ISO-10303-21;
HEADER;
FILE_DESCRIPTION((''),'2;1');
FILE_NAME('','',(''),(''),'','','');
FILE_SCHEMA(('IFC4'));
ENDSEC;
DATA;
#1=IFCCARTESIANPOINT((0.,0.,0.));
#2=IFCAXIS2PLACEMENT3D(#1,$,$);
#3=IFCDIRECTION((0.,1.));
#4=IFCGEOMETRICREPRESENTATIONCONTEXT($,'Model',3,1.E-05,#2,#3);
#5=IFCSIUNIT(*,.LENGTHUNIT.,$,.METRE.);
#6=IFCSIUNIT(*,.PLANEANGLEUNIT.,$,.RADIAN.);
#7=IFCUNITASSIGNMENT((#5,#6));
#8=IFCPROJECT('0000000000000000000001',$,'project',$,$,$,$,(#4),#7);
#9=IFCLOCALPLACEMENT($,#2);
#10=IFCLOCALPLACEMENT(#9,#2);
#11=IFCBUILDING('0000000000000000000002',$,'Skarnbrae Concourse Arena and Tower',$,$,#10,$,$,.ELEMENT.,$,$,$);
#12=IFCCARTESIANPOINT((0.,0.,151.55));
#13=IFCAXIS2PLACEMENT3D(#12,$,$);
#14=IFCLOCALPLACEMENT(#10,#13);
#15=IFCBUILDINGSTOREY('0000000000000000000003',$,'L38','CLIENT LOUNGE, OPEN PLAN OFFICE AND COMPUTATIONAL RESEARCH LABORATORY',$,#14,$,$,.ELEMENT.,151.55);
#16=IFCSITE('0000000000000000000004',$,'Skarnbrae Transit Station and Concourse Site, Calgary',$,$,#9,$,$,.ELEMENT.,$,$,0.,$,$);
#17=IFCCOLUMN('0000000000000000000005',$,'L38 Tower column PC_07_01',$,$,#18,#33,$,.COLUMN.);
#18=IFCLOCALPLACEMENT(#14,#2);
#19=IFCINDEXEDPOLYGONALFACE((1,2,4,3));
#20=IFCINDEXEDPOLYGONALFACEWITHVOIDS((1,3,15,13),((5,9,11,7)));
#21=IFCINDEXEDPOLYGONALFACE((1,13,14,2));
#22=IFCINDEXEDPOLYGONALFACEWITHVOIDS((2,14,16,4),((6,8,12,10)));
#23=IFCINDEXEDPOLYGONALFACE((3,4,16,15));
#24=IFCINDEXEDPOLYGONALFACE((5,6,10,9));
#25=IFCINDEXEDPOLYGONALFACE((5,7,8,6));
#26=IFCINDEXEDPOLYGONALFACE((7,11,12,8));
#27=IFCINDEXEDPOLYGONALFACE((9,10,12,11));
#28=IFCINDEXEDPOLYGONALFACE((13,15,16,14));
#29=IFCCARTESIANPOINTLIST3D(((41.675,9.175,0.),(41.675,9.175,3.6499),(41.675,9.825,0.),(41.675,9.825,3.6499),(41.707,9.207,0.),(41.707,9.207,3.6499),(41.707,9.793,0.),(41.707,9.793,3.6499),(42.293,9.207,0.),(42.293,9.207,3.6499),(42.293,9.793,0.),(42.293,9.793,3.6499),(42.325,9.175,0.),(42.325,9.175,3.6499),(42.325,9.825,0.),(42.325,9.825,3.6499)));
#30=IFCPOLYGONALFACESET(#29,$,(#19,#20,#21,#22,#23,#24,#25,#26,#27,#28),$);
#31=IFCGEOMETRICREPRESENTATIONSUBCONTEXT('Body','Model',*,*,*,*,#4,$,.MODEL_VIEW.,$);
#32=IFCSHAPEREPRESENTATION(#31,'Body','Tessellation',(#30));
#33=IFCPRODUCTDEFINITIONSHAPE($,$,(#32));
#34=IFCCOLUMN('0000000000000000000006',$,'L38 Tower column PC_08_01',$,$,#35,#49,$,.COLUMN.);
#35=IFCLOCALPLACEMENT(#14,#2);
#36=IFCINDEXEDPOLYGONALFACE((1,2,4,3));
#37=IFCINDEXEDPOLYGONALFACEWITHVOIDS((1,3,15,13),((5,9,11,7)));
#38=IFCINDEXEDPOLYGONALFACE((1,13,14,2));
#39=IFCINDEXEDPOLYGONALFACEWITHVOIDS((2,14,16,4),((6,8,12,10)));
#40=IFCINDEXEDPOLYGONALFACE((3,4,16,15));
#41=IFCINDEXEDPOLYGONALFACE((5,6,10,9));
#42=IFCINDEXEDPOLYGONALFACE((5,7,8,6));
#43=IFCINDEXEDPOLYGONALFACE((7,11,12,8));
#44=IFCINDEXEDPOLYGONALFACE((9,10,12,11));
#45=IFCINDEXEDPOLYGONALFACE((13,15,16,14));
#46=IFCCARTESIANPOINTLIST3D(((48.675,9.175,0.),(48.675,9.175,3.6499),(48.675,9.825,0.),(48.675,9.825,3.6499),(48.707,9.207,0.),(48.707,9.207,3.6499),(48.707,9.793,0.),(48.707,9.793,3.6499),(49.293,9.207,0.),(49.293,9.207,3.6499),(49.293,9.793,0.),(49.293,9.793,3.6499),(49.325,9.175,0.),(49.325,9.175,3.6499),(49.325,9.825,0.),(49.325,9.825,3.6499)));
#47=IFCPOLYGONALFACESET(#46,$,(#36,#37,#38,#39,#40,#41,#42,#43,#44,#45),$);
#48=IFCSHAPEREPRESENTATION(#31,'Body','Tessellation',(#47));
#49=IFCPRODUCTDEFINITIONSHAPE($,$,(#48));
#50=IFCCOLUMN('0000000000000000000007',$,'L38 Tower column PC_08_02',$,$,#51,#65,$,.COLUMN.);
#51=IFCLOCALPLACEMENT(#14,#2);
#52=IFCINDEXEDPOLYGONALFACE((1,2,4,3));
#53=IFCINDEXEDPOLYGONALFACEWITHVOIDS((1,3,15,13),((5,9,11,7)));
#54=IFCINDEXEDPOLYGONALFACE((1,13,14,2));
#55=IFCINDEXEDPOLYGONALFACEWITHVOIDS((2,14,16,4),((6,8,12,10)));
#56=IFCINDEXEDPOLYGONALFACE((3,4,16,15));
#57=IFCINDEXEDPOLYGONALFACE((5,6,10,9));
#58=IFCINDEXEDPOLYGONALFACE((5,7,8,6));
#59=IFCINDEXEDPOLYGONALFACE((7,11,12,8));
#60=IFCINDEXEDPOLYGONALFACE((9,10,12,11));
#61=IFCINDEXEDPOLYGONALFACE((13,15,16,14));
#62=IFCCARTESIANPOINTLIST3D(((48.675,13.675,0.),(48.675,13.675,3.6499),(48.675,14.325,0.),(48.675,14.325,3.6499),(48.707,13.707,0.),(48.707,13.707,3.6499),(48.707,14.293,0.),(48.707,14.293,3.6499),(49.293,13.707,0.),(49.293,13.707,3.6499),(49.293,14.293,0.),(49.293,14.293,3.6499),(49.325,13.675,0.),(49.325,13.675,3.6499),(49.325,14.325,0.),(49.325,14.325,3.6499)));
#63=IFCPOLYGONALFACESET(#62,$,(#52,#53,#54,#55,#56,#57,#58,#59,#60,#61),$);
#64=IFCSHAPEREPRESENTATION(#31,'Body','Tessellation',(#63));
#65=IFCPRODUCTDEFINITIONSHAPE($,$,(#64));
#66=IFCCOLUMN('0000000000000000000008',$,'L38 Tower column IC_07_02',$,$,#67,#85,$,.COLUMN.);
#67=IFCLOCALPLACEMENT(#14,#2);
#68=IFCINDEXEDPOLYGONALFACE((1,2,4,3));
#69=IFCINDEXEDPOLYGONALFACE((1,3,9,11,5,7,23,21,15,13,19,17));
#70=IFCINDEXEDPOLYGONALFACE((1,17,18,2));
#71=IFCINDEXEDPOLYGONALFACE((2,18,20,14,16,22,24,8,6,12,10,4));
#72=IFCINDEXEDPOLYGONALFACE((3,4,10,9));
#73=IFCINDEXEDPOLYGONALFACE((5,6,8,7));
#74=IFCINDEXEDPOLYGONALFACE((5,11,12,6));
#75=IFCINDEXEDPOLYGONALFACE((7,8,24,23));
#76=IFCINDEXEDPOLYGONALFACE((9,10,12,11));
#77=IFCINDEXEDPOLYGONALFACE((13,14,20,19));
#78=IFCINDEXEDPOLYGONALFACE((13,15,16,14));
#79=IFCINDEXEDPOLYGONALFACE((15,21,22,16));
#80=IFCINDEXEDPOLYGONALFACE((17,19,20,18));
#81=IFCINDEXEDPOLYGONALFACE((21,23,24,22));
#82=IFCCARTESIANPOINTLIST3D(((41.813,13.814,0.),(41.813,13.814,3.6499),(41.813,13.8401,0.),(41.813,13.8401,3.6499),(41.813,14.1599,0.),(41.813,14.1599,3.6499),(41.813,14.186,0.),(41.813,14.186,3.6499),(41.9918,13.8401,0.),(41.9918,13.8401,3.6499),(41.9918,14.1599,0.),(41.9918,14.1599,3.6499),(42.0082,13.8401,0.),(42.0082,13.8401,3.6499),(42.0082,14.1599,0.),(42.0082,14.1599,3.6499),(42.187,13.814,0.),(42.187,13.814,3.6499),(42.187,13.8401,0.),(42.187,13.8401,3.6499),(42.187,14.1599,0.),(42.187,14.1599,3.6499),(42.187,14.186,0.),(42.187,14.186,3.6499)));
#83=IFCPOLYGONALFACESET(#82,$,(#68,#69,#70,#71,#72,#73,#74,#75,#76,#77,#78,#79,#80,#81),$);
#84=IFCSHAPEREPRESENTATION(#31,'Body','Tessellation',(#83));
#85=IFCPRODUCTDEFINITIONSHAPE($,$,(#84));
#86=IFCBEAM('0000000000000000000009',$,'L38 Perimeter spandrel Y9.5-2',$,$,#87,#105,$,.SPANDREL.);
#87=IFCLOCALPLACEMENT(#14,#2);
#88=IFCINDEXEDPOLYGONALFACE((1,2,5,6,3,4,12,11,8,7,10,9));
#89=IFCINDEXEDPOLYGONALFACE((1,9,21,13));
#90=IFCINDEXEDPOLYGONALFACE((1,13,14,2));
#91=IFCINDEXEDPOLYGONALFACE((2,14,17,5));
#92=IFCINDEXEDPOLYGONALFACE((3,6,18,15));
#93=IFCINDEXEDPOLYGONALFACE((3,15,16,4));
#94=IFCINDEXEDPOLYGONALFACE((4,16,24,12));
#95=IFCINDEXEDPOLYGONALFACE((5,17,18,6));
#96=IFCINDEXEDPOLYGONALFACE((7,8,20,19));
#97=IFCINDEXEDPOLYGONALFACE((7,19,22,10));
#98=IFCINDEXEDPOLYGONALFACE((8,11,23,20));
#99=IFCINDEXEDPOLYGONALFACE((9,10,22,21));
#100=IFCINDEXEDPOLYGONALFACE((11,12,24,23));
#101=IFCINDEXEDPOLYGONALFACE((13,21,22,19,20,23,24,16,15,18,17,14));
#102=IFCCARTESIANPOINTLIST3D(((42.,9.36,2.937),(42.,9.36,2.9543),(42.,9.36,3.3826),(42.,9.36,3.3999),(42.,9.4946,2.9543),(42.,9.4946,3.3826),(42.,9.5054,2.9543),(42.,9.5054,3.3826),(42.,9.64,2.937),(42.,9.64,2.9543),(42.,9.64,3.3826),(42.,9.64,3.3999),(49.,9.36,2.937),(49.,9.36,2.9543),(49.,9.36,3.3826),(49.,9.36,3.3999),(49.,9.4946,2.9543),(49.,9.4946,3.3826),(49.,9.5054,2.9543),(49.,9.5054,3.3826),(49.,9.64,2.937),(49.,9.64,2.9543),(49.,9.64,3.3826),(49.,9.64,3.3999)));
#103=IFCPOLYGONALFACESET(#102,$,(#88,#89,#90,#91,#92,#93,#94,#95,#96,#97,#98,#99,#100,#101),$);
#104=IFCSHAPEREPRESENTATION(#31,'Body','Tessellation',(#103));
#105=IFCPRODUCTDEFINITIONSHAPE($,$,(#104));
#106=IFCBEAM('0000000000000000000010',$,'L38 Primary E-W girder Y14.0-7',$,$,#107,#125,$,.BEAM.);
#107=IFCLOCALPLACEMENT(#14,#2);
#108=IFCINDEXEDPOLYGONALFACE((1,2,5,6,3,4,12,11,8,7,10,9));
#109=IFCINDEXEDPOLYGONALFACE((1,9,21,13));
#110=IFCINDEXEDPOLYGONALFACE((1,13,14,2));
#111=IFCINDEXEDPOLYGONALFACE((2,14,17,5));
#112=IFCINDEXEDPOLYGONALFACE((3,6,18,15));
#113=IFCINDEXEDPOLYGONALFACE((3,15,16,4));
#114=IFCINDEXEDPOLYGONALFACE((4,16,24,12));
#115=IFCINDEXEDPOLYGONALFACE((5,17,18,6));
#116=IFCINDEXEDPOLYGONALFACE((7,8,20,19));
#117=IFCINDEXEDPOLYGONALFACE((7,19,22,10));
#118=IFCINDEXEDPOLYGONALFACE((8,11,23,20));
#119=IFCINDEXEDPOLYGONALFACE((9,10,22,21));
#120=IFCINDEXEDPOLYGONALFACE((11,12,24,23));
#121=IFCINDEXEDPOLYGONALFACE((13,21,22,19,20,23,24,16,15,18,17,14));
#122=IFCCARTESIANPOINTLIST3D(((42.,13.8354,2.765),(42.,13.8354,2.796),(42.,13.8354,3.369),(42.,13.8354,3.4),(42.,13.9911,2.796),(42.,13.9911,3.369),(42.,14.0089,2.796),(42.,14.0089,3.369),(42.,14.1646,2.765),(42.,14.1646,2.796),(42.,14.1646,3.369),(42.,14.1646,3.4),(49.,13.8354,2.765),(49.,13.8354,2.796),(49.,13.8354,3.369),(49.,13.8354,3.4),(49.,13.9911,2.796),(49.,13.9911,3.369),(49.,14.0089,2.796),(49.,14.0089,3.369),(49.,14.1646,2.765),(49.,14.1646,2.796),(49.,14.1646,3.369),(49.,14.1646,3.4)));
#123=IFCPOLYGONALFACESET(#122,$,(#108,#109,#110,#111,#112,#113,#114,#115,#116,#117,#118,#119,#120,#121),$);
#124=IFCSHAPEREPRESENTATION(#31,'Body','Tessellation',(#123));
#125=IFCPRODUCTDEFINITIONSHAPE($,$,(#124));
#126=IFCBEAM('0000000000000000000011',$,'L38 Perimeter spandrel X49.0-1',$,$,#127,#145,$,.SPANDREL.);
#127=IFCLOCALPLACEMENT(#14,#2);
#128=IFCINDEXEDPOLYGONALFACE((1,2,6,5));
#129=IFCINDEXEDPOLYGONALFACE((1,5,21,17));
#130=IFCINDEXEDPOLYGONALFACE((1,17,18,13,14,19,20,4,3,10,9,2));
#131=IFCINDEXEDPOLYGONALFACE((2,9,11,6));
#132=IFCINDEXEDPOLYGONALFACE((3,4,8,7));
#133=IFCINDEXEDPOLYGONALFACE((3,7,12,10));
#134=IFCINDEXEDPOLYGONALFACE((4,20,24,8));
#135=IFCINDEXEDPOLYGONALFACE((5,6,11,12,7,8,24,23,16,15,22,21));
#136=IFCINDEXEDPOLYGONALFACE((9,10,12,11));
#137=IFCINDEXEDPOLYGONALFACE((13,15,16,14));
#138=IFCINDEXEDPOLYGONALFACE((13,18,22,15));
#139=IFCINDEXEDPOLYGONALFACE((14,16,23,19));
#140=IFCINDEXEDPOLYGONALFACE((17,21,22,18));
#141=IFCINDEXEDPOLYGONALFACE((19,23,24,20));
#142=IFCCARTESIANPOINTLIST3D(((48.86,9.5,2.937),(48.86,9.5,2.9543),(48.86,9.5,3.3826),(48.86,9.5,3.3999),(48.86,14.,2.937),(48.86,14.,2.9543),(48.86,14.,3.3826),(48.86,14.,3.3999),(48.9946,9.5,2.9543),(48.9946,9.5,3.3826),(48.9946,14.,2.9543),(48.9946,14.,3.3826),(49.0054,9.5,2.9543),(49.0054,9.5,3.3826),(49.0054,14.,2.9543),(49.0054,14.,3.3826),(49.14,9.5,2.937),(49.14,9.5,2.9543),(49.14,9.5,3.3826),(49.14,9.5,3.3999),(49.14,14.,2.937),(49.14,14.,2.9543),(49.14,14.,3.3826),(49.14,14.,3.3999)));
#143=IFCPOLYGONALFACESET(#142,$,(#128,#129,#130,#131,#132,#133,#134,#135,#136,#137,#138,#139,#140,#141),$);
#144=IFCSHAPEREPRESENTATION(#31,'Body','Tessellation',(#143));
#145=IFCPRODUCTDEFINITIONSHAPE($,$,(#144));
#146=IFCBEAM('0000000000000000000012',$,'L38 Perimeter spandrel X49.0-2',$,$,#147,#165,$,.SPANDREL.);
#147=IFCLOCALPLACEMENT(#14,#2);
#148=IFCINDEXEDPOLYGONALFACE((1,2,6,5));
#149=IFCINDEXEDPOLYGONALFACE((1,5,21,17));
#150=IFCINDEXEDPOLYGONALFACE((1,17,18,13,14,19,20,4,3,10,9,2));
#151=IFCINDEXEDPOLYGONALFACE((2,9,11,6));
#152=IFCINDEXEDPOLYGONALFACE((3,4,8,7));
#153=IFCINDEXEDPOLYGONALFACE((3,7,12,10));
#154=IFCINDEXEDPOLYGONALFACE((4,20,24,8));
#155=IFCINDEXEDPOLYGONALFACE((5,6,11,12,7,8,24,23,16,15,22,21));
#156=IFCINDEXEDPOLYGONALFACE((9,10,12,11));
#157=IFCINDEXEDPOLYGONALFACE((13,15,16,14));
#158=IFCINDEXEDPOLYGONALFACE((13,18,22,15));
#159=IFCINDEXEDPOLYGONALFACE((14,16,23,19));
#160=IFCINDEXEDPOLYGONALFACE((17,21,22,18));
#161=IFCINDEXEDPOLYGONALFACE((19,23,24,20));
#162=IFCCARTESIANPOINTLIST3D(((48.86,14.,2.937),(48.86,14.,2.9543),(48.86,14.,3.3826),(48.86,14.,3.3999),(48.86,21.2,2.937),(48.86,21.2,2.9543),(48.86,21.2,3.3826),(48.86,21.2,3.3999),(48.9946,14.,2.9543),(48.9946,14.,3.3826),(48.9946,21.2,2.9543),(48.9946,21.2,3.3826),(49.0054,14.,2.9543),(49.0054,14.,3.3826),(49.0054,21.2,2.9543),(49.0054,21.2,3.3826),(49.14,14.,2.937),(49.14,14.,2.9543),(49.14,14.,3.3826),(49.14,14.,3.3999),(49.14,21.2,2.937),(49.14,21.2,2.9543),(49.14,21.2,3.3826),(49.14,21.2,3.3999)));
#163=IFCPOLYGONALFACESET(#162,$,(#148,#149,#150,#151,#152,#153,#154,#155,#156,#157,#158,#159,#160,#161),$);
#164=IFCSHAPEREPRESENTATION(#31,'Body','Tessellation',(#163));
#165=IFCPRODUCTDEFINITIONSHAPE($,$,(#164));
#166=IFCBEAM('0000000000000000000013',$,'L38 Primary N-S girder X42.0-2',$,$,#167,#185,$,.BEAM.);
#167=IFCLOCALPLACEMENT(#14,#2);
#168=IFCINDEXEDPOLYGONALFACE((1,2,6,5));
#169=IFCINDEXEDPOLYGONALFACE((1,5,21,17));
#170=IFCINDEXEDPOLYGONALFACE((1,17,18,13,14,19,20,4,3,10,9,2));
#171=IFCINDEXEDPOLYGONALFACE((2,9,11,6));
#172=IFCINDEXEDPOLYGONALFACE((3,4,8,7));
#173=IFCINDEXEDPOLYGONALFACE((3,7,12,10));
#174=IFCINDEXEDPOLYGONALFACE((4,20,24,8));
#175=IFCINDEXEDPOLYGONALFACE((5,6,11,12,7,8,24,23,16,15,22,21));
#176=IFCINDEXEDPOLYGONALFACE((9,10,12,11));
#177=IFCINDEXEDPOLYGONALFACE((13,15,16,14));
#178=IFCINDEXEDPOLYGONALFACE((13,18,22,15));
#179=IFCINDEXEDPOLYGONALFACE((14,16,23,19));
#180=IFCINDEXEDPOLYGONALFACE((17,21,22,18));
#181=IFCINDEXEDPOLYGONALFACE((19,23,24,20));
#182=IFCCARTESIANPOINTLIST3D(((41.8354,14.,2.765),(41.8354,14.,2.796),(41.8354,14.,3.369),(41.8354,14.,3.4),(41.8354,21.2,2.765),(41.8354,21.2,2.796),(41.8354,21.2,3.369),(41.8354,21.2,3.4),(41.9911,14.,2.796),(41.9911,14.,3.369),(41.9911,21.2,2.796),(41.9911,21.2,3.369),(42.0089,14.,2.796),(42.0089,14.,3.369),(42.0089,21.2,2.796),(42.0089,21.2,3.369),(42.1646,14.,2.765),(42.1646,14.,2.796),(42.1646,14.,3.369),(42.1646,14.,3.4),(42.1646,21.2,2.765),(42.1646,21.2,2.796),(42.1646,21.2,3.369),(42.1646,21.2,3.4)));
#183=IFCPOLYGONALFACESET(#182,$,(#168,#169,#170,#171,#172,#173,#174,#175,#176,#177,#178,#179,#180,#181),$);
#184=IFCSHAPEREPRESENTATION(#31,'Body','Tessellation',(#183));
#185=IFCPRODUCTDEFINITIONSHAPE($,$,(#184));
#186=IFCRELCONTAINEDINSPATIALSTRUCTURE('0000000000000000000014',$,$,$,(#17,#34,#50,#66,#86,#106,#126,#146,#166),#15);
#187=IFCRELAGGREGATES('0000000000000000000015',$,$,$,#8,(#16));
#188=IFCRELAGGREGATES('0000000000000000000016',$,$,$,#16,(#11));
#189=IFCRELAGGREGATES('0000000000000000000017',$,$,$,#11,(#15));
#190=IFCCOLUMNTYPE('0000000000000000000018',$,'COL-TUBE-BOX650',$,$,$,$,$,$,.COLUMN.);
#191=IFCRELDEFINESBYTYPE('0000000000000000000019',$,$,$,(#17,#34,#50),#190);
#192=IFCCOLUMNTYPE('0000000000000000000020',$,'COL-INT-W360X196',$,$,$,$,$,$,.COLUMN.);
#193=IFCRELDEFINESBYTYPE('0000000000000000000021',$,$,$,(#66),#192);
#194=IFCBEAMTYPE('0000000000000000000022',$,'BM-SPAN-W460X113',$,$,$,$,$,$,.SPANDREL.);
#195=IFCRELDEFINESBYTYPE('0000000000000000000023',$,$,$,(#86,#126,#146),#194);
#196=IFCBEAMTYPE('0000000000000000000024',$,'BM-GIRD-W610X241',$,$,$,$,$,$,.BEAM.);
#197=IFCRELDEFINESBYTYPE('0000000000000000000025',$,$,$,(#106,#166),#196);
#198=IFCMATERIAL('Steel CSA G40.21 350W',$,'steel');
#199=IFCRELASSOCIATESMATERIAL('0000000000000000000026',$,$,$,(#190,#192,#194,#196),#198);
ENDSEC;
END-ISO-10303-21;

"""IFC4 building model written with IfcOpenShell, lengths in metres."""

from ifc_helpers import new_model, si_unit, direction, frame, origin, origin_2d, place, context, subcontext, project, spatial, hollow_rectangle, i_section, extrude, source, transform, mapped, material, material_profile, profile_set, type_object, element, save


model = new_model("IFC4")

# Units and contexts
model_context = context("Model", 3, precision=1e-05, world=origin(), true_north=direction((0.0, 1.0)))
body_context = subcontext(model_context, "Body", "Model", "MODEL_VIEW")
ifc_project = project(units=[si_unit("LENGTHUNIT", "METRE"), si_unit("PLANEANGLEUNIT", "RADIAN")], contexts=[model_context])

# Site, building, storey
site_placement = place(None, origin())
site = spatial("IfcSite", under=ifc_project, at=site_placement, Name="Skarnbrae Transit Station and Concourse Site, Calgary", CompositionType="ELEMENT", RefElevation=0.0)
building_placement = place(site_placement, origin())
building = spatial("IfcBuilding", under=site, at=building_placement, Name="Skarnbrae Concourse Arena and Tower", CompositionType="ELEMENT")
storey_placement = place(building_placement, frame((0.0, 0.0, 151.55)))
storey = spatial("IfcBuildingStorey", under=building, at=storey_placement, Name="L38", Description="CLIENT LOUNGE, OPEN PLAN OFFICE AND COMPUTATIONAL RESEARCH LABORATORY", CompositionType="ELEMENT", Elevation=151.55)

# Columns
ifc_material_1 = material(Name="Steel CSA G40.21 350W", Category="steel")
ifc_material_profile_1 = material_profile(ifc_material_1, hollow_rectangle(XDim=0.6499, YDim=0.6499, WallThickness=0.032, at=origin_2d()), Name="BOX650X650X32")
ifc_profile_set_1 = profile_set([ifc_material_profile_1], Name="Steel CSA G40.21 350W")
column_type_1 = type_object("IfcColumnType", Name="COL-TUBE-BOX650", PredefinedType="COLUMN", material=ifc_profile_set_1)
shared_shape_1 = source(origin(), body_context, "Body", "SweptSolid", [
    extrude(hollow_rectangle(XDim=0.6499, YDim=0.6499, WallThickness=0.032, at=origin_2d()), origin(), (0.0, 0.0, 1.0), 3.6499),
])
for number, where, z_axis, x_axis, name in (
    (1, (42.0, 9.5, 0.0), (0.0, 0.0, 1.0), (1.0, 0.0, 0.0), "L38 Tower column PC_07_01"),
    (2, (49.0, 9.5, 0.0), (0.0, 0.0, 1.0), (1.0, 0.0, 0.0), "L38 Tower column PC_08_01"),
    (3, (49.0, 14.0, 0.0), (0.0, 0.0, 1.0), (1.0, 0.0, 0.0), "L38 Tower column PC_08_02"),
):
    element("IfcColumn", number, at=place(storey_placement, frame(where, z_axis=z_axis, x_axis=x_axis)), inside=storey, type_object=column_type_1, Name=name, PredefinedType="COLUMN", context=body_context, shape_type="MappedRepresentation", body=[
        mapped(shared_shape_1, transform((0.0, 0.0, 0.0))),
    ])
ifc_material_profile_2 = material_profile(ifc_material_1, i_section(OverallWidth=0.374, OverallDepth=0.3721, WebThickness=0.0164, FlangeThickness=0.0261, at=origin_2d()), Name="W360X196")
ifc_profile_set_2 = profile_set([ifc_material_profile_2], Name="Steel CSA G40.21 350W")
column_type_2 = type_object("IfcColumnType", Name="COL-INT-W360X196", PredefinedType="COLUMN", material=ifc_profile_set_2)
shared_shape_2 = source(origin(), body_context, "Body", "SweptSolid", [
    extrude(i_section(OverallWidth=0.374, OverallDepth=0.3721, WebThickness=0.0164, FlangeThickness=0.0261, at=origin_2d()), origin(), (0.0, 0.0, 1.0), 3.6499),
])
column_placement = place(storey_placement, frame((42.0, 14.0, 0.0), z_axis=(0.0, 0.0, 1.0), x_axis=(1.0, 0.0, 0.0)))
element("IfcColumn", 4, at=column_placement, inside=storey, type_object=column_type_2, Name="L38 Tower column IC_07_02", PredefinedType="COLUMN", context=body_context, shape_type="MappedRepresentation", body=[
    mapped(shared_shape_2, transform((0.0, 0.0, 0.0))),
])

# Beams
ifc_material_profile_3 = material_profile(ifc_material_1, i_section(OverallWidth=0.28, OverallDepth=0.4629, WebThickness=0.0107, FlangeThickness=0.0173, at=origin_2d()), Name="W460X113")
ifc_profile_set_3 = profile_set([ifc_material_profile_3], Name="Steel CSA G40.21 350W")
beam_type_1 = type_object("IfcBeamType", Name="BM-SPAN-W460X113", PredefinedType="SPANDREL", material=ifc_profile_set_3)
shared_shape_3 = source(origin(), body_context, "Body", "SweptSolid", [
    extrude(i_section(OverallWidth=0.28, OverallDepth=0.4629, WebThickness=0.0107, FlangeThickness=0.0173, at=origin_2d()), origin(), (0.0, 0.0, 1.0), 7.0),
])
beam_1_placement = place(storey_placement, frame((42.0, 9.5, 3.1685), z_axis=(1.0, 0.0, 0.0), x_axis=(0.0, 1.0, 0.0)))
element("IfcBeam", 5, at=beam_1_placement, inside=storey, type_object=beam_type_1, Name="L38 Perimeter spandrel Y9.5-2", PredefinedType="SPANDREL", context=body_context, shape_type="MappedRepresentation", body=[
    mapped(shared_shape_3, transform((0.0, 0.0, 0.0))),
])
ifc_material_profile_4 = material_profile(ifc_material_1, i_section(OverallWidth=0.3291, OverallDepth=0.635, WebThickness=0.0178, FlangeThickness=0.031, at=origin_2d()), Name="W610X241")
ifc_profile_set_4 = profile_set([ifc_material_profile_4], Name="Steel CSA G40.21 350W")
beam_type_2 = type_object("IfcBeamType", Name="BM-GIRD-W610X241", PredefinedType="BEAM", material=ifc_profile_set_4)
shared_shape_4 = source(origin(), body_context, "Body", "SweptSolid", [
    extrude(i_section(OverallWidth=0.3291, OverallDepth=0.635, WebThickness=0.0178, FlangeThickness=0.031, at=origin_2d()), origin(), (0.0, 0.0, 1.0), 7.0),
])
beam_2_placement = place(storey_placement, frame((42.0, 14.0, 3.0825), z_axis=(1.0, 0.0, 0.0), x_axis=(0.0, 1.0, 0.0)))
element("IfcBeam", 6, at=beam_2_placement, inside=storey, type_object=beam_type_2, Name="L38 Primary E-W girder Y14.0-7", PredefinedType="BEAM", context=body_context, shape_type="MappedRepresentation", body=[
    mapped(shared_shape_4, transform((0.0, 0.0, 0.0))),
])
shared_shape_5 = source(origin(), body_context, "Body", "SweptSolid", [
    extrude(i_section(OverallWidth=0.28, OverallDepth=0.4629, WebThickness=0.0107, FlangeThickness=0.0173, at=origin_2d()), origin(), (0.0, 0.0, 1.0), 4.5),
])
beam_3_placement = place(storey_placement, frame((49.0, 9.5, 3.1685), z_axis=(0.0, 1.0, 0.0), x_axis=(-1.0, 0.0, 0.0)))
element("IfcBeam", 7, at=beam_3_placement, inside=storey, type_object=beam_type_1, Name="L38 Perimeter spandrel X49.0-1", PredefinedType="SPANDREL", context=body_context, shape_type="MappedRepresentation", body=[
    mapped(shared_shape_5, transform((0.0, 0.0, 0.0))),
])
shared_shape_6 = source(origin(), body_context, "Body", "SweptSolid", [
    extrude(i_section(OverallWidth=0.28, OverallDepth=0.4629, WebThickness=0.0107, FlangeThickness=0.0173, at=origin_2d()), origin(), (0.0, 0.0, 1.0), 7.2),
])
beam_4_placement = place(storey_placement, frame((49.0, 14.0, 3.1685), z_axis=(0.0, 1.0, 0.0), x_axis=(-1.0, 0.0, 0.0)))
element("IfcBeam", 8, at=beam_4_placement, inside=storey, type_object=beam_type_1, Name="L38 Perimeter spandrel X49.0-2", PredefinedType="SPANDREL", context=body_context, shape_type="MappedRepresentation", body=[
    mapped(shared_shape_6, transform((0.0, 0.0, 0.0))),
])
shared_shape_7 = source(origin(), body_context, "Body", "SweptSolid", [
    extrude(i_section(OverallWidth=0.3291, OverallDepth=0.635, WebThickness=0.0178, FlangeThickness=0.031, at=origin_2d()), origin(), (0.0, 0.0, 1.0), 7.2),
])
beam_5_placement = place(storey_placement, frame((42.0, 14.0, 3.0825), z_axis=(0.0, 1.0, 0.0), x_axis=(-1.0, 0.0, 0.0)))
element("IfcBeam", 9, at=beam_5_placement, inside=storey, type_object=beam_type_2, Name="L38 Primary N-S girder X42.0-2", PredefinedType="BEAM", context=body_context, shape_type="MappedRepresentation", body=[
    mapped(shared_shape_7, transform((0.0, 0.0, 0.0))),
])

save(model, "model.ifc")
